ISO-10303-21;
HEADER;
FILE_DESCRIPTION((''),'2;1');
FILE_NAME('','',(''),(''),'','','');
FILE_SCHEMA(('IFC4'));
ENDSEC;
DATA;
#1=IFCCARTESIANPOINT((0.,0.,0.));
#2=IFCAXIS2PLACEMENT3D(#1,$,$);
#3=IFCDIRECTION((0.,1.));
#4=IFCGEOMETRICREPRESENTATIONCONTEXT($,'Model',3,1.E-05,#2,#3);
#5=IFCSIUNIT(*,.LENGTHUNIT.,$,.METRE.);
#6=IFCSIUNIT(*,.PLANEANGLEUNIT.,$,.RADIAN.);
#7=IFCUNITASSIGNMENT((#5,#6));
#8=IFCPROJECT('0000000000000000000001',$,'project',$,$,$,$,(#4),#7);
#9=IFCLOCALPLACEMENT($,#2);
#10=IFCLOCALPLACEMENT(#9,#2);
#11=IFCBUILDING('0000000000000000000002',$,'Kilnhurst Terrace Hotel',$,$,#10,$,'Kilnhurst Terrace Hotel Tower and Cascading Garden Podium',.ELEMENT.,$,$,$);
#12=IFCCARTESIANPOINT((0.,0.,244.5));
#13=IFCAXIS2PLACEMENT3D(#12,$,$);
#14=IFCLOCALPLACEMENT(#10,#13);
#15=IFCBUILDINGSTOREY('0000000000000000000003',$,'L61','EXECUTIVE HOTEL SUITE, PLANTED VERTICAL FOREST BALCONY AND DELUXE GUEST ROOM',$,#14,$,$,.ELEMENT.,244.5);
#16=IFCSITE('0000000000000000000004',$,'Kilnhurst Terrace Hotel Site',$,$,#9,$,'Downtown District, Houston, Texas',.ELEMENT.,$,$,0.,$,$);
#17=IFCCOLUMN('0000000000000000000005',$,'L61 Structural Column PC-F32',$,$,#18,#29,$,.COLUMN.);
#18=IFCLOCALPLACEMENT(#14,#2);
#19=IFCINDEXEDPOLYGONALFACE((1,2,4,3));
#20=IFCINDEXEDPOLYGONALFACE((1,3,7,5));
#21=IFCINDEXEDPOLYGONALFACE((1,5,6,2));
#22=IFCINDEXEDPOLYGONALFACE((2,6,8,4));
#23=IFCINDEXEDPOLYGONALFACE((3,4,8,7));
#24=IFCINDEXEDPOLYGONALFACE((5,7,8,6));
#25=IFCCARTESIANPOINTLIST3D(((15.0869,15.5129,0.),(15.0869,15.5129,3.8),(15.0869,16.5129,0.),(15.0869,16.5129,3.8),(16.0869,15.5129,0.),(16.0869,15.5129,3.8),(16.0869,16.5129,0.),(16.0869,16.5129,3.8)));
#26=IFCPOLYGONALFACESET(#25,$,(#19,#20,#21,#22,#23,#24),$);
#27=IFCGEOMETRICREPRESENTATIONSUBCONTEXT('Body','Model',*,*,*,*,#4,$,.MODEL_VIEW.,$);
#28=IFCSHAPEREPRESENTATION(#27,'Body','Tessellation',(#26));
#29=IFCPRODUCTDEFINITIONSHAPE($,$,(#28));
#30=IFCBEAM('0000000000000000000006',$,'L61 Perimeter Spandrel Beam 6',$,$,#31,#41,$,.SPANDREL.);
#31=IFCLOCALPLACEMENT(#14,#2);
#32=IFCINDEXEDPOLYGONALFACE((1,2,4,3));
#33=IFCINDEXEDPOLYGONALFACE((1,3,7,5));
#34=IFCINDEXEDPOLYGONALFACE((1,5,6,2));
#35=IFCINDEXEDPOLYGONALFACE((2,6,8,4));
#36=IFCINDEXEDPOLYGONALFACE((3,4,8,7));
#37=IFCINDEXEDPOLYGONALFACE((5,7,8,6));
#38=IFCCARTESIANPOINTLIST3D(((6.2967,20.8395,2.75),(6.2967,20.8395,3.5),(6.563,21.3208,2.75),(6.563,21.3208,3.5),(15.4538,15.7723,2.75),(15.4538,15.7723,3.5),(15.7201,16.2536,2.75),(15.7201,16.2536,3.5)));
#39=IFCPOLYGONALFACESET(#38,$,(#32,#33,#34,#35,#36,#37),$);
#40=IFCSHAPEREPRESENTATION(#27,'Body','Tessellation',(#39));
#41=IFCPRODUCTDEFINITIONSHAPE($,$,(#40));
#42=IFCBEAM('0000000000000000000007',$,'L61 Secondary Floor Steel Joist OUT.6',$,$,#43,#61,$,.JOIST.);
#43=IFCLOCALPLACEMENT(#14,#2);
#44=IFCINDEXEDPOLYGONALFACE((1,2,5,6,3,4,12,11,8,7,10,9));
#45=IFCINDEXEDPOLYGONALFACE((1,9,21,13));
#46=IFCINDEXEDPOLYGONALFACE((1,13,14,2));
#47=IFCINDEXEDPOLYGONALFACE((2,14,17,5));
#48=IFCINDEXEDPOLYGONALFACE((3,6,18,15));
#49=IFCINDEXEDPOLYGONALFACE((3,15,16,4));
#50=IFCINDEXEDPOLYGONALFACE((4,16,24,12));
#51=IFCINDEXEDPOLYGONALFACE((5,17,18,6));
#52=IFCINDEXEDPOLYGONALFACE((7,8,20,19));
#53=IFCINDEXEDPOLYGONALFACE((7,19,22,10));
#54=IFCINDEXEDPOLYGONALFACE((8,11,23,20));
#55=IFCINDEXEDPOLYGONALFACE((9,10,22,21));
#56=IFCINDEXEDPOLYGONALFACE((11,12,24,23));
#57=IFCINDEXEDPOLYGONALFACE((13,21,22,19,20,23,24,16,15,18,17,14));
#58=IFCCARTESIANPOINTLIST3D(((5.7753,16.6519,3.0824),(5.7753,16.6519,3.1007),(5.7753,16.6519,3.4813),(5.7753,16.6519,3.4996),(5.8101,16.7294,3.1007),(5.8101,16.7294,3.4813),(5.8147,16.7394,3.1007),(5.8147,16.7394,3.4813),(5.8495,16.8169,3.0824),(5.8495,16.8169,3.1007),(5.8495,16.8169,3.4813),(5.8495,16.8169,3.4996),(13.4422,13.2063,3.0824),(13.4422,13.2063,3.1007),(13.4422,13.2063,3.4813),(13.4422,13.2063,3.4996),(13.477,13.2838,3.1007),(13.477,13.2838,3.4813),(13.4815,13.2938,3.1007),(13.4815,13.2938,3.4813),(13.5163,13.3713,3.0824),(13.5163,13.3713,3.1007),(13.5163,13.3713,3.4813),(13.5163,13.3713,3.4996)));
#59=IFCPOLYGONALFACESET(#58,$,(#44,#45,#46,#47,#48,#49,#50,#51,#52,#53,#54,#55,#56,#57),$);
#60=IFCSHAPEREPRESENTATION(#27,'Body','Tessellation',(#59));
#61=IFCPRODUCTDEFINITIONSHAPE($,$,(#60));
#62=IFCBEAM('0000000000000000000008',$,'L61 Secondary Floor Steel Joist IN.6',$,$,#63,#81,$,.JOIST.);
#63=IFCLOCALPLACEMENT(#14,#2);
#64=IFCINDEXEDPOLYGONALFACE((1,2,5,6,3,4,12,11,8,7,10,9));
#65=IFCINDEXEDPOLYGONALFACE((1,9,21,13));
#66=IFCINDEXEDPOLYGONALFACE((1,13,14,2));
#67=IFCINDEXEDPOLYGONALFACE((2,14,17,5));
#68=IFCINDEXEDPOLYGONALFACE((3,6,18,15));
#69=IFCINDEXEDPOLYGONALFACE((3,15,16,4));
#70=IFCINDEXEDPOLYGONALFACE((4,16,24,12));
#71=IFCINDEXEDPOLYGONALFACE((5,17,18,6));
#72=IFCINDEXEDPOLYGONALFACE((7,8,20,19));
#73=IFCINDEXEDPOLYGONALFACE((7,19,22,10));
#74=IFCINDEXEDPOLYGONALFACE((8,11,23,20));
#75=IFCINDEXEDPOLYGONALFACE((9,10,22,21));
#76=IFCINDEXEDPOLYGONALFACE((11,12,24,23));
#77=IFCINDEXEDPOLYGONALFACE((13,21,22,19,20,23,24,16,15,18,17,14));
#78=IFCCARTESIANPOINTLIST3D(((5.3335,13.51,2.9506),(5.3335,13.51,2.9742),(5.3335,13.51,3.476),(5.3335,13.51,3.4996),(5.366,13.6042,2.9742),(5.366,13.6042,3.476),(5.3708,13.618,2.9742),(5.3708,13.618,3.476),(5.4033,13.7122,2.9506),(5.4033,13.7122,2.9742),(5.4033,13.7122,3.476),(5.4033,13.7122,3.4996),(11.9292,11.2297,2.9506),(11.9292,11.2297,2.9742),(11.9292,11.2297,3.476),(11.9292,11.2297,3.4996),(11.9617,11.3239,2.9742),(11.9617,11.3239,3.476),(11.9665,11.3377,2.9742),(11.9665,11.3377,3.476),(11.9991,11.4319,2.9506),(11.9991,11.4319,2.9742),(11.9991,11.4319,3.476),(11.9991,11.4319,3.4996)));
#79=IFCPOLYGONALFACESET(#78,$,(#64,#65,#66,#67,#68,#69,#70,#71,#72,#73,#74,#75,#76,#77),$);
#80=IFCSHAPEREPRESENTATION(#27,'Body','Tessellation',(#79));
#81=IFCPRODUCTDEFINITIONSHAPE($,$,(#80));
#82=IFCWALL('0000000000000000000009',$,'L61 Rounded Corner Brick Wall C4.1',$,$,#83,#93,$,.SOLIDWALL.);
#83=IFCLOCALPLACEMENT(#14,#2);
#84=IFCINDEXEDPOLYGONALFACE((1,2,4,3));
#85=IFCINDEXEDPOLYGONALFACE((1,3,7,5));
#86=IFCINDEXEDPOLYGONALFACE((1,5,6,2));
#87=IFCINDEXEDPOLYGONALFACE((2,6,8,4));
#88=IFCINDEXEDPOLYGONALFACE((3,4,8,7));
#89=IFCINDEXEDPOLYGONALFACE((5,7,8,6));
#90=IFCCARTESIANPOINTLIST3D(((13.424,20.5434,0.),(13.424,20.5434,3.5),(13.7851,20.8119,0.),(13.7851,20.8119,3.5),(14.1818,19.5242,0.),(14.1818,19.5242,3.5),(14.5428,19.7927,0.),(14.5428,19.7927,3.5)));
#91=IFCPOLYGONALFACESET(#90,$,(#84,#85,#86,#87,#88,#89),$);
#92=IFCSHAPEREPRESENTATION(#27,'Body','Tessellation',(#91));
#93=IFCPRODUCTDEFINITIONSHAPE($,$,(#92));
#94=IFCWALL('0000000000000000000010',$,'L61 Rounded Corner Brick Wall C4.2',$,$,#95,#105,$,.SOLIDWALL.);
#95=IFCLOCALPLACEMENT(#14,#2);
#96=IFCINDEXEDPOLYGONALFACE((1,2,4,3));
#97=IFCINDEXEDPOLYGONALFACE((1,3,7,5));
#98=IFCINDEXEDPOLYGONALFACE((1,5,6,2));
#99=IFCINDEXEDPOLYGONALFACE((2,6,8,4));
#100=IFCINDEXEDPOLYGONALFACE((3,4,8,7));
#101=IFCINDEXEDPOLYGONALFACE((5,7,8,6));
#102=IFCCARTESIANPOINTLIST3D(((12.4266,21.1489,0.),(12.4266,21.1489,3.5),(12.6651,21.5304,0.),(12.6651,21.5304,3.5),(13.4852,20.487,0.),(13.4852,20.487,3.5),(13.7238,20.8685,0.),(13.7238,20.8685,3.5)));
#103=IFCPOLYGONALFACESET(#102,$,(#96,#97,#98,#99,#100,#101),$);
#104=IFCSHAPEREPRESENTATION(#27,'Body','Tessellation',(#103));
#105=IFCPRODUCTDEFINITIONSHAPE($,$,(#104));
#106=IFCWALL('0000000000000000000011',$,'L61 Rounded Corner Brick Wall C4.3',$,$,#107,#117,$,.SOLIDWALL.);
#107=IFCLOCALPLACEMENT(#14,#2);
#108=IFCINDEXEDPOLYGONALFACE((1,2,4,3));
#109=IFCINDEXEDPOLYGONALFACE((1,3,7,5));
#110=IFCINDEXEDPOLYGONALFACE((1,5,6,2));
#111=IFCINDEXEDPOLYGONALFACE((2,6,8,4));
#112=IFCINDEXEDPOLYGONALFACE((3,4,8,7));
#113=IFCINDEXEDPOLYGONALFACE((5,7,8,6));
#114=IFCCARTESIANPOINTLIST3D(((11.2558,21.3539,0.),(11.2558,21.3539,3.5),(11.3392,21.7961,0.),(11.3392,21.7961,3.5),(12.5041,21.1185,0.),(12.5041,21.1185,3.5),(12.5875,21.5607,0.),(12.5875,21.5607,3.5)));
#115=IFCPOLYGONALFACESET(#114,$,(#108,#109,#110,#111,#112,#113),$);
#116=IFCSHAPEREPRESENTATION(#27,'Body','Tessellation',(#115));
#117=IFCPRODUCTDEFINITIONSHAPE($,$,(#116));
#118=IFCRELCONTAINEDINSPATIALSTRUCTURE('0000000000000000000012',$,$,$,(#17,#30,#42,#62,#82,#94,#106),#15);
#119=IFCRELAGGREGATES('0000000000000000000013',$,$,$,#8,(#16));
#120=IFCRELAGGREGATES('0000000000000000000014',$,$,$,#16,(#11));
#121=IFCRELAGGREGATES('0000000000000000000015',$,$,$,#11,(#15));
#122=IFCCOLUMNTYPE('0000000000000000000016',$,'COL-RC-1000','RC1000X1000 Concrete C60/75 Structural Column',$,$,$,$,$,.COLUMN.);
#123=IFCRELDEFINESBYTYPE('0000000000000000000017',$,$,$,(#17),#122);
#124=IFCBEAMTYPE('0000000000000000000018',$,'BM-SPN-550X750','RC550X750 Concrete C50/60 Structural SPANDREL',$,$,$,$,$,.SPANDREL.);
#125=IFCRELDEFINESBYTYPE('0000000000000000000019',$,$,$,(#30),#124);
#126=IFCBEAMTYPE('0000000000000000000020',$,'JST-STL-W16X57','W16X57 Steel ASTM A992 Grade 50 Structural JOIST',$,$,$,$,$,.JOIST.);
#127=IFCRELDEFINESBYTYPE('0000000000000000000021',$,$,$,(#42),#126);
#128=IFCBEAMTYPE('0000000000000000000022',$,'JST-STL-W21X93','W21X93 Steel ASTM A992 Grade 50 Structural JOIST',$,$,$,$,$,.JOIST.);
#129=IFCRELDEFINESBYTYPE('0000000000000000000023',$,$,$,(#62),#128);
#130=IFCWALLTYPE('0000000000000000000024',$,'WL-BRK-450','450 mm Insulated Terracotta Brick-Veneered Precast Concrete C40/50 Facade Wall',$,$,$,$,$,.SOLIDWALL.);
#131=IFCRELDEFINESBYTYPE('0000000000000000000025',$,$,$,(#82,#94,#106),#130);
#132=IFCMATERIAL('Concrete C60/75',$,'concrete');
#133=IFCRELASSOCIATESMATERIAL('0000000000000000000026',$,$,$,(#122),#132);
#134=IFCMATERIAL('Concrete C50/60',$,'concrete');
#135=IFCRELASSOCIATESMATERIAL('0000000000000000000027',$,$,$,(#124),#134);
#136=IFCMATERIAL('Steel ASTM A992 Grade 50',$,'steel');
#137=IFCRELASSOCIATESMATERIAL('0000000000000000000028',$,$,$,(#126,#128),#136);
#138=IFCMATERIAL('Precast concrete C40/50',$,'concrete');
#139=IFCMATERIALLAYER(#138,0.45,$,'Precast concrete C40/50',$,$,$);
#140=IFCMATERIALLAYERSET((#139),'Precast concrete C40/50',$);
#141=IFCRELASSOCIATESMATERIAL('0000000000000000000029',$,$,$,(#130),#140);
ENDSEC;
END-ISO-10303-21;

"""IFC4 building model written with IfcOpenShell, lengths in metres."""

from ifc_helpers import new_model, si_unit, direction, frame, frame_2d, origin, origin_2d, place, context, subcontext, project, spatial, rectangle, i_section, extrude, material, layer, layer_set, material_profile, profile_set, type_object, element, save


model = new_model("IFC4")

# Units and contexts
model_context = context("Model", 3, precision=1e-05, world=origin(), true_north=direction((0.0, 1.0)))
body_context = subcontext(model_context, "Body", "Model", "MODEL_VIEW")
ifc_project = project(units=[si_unit("LENGTHUNIT", "METRE"), si_unit("PLANEANGLEUNIT", "RADIAN")], contexts=[model_context])

# Site, building, storey
site_placement = place(None, origin())
site = spatial("IfcSite", under=ifc_project, at=site_placement, Name="Kilnhurst Terrace Hotel Site", LongName="Downtown District, Houston, Texas", CompositionType="ELEMENT", RefElevation=0.0)
building_placement = place(site_placement, origin())
building = spatial("IfcBuilding", under=site, at=building_placement, Name="Kilnhurst Terrace Hotel", LongName="Kilnhurst Terrace Hotel Tower and Cascading Garden Podium", CompositionType="ELEMENT")
storey_placement = place(building_placement, frame((0.0, 0.0, 244.5)))
storey = spatial("IfcBuildingStorey", under=building, at=storey_placement, Name="L61", Description="EXECUTIVE HOTEL SUITE, PLANTED VERTICAL FOREST BALCONY AND DELUXE GUEST ROOM", CompositionType="ELEMENT", Elevation=244.5)

# Column
ifc_material_1 = material(Name="Concrete C60/75", Category="concrete")
ifc_material_profile_1 = material_profile(ifc_material_1, rectangle(XDim=1.0, YDim=1.0, at=origin_2d()), Name="RC1000X1000")
ifc_profile_set_1 = profile_set([ifc_material_profile_1], Name="Concrete C60/75")
column_type = type_object("IfcColumnType", Name="COL-RC-1000", Description="RC1000X1000 Concrete C60/75 Structural Column", PredefinedType="COLUMN", material=ifc_profile_set_1)
column_placement = place(storey_placement, frame((15.5869, 16.0129, 0.0), z_axis=(0.0, 0.0, 1.0), x_axis=(1.0, 0.0, 0.0)))
element("IfcColumn", 1, at=column_placement, inside=storey, type_object=column_type, Name="L61 Structural Column PC-F32", PredefinedType="COLUMN", context=body_context, shape_type="SweptSolid", body=[
    extrude(rectangle(XDim=1.0, YDim=1.0, at=origin_2d()), origin(), (0.0, 0.0, 1.0), 3.8),
])

# Beams
ifc_material_2 = material(Name="Concrete C50/60", Category="concrete")
ifc_material_profile_2 = material_profile(ifc_material_2, rectangle(XDim=0.55, YDim=0.75, at=origin_2d()), Name="RC550X750")
ifc_profile_set_2 = profile_set([ifc_material_profile_2], Name="Concrete C50/60")
beam_type_1 = type_object("IfcBeamType", Name="BM-SPN-550X750", Description="RC550X750 Concrete C50/60 Structural SPANDREL", PredefinedType="SPANDREL", material=ifc_profile_set_2)
beam_1_placement = place(storey_placement, frame((15.5869, 16.0129, 3.125), z_axis=(-0.87497, 0.484177, 0.0), x_axis=(-0.484177, -0.87497, 0.0)))
element("IfcBeam", 2, at=beam_1_placement, inside=storey, type_object=beam_type_1, Name="L61 Perimeter Spandrel Beam 6", PredefinedType="SPANDREL", context=body_context, shape_type="SweptSolid", body=[
    extrude(rectangle(XDim=0.55, YDim=0.75, at=origin_2d()), origin(), (0.0, 0.0, 1.0), 10.4656),
])
ifc_material_3 = material(Name="Steel ASTM A992 Grade 50", Category="steel")
ifc_material_profile_3 = material_profile(ifc_material_3, i_section(OverallWidth=0.1809, OverallDepth=0.4172, WebThickness=0.011, FlangeThickness=0.0183, at=origin_2d()), Name="W16X57")
ifc_profile_set_3 = profile_set([ifc_material_profile_3], Name="Steel ASTM A992 Grade 50")
beam_type_2 = type_object("IfcBeamType", Name="JST-STL-W16X57", Description="W16X57 Steel ASTM A992 Grade 50 Structural JOIST", PredefinedType="JOIST", material=ifc_profile_set_3)
beam_2_placement = place(storey_placement, frame((13.4792, 13.2888, 3.291), z_axis=(-0.912121, 0.409921, 0.0), x_axis=(-0.409921, -0.912121, 0.0)))
element("IfcBeam", 3, at=beam_2_placement, inside=storey, type_object=beam_type_2, Name="L61 Secondary Floor Steel Joist OUT.6", PredefinedType="JOIST", context=body_context, shape_type="SweptSolid", body=[
    extrude(i_section(OverallWidth=0.1809, OverallDepth=0.4172, WebThickness=0.011, FlangeThickness=0.0183, at=origin_2d()), origin(), (0.0, 0.0, 1.0), 8.4055),
])
ifc_material_profile_4 = material_profile(ifc_material_3, i_section(OverallWidth=0.2139, OverallDepth=0.5491, WebThickness=0.0146, FlangeThickness=0.0237, at=origin_2d()), Name="W21X93")
ifc_profile_set_4 = profile_set([ifc_material_profile_4], Name="Steel ASTM A992 Grade 50")
beam_type_3 = type_object("IfcBeamType", Name="JST-STL-W21X93", Description="W21X93 Steel ASTM A992 Grade 50 Structural JOIST", PredefinedType="JOIST", material=ifc_profile_set_4)
beam_3_placement = place(storey_placement, frame((11.9641, 11.3308, 3.2251), z_axis=(-0.945112, 0.326745, 0.0), x_axis=(-0.326745, -0.945112, 0.0)))
element("IfcBeam", 4, at=beam_3_placement, inside=storey, type_object=beam_type_3, Name="L61 Secondary Floor Steel Joist IN.6", PredefinedType="JOIST", context=body_context, shape_type="SweptSolid", body=[
    extrude(i_section(OverallWidth=0.2139, OverallDepth=0.5491, WebThickness=0.0146, FlangeThickness=0.0237, at=origin_2d()), origin(), (0.0, 0.0, 1.0), 6.9788),
])

# Walls
ifc_material_4 = material(Name="Precast concrete C40/50", Category="concrete")
ifc_layer_1 = layer(ifc_material_4, 0.45, Name="Precast concrete C40/50")
ifc_layer_set_1 = layer_set([ifc_layer_1], Name="Precast concrete C40/50")
wall_type_1 = type_object("IfcWallType", Name="WL-BRK-450", Description="450 mm Insulated Terracotta Brick-Veneered Precast Concrete C40/50 Facade Wall", PredefinedType="SOLIDWALL", material=ifc_layer_set_1)
wall_1_placement = place(storey_placement, frame((14.3623, 19.6584, 0.0), z_axis=(0.0, 0.0, 1.0), x_axis=(-0.596642, 0.802507, 0.0)))
element("IfcWall", 5, at=wall_1_placement, inside=storey, type_object=wall_type_1, Name="L61 Rounded Corner Brick Wall C4.1", PredefinedType="SOLIDWALL", context=body_context, shape_type="SweptSolid", body=[
    extrude(rectangle(XDim=1.27, YDim=0.45, at=frame_2d((0.635, 0.0))), origin(), (0.0, 0.0, 1.0), 3.5),
])
wall_2_placement = place(storey_placement, frame((13.6045, 20.6777, 0.0), z_axis=(0.0, 0.0, 1.0), x_axis=(-0.84791, 0.53014, 0.0)))
element("IfcWall", 6, at=wall_2_placement, inside=storey, type_object=wall_type_1, Name="L61 Rounded Corner Brick Wall C4.2", PredefinedType="SOLIDWALL", context=body_context, shape_type="SweptSolid", body=[
    extrude(rectangle(XDim=1.2485, YDim=0.45, at=frame_2d((0.6243, 0.0))), origin(), (0.0, 0.0, 1.0), 3.5),
])
wall_3_placement = place(storey_placement, frame((12.5459, 21.3396, 0.0), z_axis=(0.0, 0.0, 1.0), x_axis=(-0.982687, 0.185275, 0.0)))
element("IfcWall", 7, at=wall_3_placement, inside=storey, type_object=wall_type_1, Name="L61 Rounded Corner Brick Wall C4.3", PredefinedType="SOLIDWALL", context=body_context, shape_type="SweptSolid", body=[
    extrude(rectangle(XDim=1.2703, YDim=0.45, at=frame_2d((0.6353, 0.0))), origin(), (0.0, 0.0, 1.0), 3.5),
])

save(model, "model.ifc")
